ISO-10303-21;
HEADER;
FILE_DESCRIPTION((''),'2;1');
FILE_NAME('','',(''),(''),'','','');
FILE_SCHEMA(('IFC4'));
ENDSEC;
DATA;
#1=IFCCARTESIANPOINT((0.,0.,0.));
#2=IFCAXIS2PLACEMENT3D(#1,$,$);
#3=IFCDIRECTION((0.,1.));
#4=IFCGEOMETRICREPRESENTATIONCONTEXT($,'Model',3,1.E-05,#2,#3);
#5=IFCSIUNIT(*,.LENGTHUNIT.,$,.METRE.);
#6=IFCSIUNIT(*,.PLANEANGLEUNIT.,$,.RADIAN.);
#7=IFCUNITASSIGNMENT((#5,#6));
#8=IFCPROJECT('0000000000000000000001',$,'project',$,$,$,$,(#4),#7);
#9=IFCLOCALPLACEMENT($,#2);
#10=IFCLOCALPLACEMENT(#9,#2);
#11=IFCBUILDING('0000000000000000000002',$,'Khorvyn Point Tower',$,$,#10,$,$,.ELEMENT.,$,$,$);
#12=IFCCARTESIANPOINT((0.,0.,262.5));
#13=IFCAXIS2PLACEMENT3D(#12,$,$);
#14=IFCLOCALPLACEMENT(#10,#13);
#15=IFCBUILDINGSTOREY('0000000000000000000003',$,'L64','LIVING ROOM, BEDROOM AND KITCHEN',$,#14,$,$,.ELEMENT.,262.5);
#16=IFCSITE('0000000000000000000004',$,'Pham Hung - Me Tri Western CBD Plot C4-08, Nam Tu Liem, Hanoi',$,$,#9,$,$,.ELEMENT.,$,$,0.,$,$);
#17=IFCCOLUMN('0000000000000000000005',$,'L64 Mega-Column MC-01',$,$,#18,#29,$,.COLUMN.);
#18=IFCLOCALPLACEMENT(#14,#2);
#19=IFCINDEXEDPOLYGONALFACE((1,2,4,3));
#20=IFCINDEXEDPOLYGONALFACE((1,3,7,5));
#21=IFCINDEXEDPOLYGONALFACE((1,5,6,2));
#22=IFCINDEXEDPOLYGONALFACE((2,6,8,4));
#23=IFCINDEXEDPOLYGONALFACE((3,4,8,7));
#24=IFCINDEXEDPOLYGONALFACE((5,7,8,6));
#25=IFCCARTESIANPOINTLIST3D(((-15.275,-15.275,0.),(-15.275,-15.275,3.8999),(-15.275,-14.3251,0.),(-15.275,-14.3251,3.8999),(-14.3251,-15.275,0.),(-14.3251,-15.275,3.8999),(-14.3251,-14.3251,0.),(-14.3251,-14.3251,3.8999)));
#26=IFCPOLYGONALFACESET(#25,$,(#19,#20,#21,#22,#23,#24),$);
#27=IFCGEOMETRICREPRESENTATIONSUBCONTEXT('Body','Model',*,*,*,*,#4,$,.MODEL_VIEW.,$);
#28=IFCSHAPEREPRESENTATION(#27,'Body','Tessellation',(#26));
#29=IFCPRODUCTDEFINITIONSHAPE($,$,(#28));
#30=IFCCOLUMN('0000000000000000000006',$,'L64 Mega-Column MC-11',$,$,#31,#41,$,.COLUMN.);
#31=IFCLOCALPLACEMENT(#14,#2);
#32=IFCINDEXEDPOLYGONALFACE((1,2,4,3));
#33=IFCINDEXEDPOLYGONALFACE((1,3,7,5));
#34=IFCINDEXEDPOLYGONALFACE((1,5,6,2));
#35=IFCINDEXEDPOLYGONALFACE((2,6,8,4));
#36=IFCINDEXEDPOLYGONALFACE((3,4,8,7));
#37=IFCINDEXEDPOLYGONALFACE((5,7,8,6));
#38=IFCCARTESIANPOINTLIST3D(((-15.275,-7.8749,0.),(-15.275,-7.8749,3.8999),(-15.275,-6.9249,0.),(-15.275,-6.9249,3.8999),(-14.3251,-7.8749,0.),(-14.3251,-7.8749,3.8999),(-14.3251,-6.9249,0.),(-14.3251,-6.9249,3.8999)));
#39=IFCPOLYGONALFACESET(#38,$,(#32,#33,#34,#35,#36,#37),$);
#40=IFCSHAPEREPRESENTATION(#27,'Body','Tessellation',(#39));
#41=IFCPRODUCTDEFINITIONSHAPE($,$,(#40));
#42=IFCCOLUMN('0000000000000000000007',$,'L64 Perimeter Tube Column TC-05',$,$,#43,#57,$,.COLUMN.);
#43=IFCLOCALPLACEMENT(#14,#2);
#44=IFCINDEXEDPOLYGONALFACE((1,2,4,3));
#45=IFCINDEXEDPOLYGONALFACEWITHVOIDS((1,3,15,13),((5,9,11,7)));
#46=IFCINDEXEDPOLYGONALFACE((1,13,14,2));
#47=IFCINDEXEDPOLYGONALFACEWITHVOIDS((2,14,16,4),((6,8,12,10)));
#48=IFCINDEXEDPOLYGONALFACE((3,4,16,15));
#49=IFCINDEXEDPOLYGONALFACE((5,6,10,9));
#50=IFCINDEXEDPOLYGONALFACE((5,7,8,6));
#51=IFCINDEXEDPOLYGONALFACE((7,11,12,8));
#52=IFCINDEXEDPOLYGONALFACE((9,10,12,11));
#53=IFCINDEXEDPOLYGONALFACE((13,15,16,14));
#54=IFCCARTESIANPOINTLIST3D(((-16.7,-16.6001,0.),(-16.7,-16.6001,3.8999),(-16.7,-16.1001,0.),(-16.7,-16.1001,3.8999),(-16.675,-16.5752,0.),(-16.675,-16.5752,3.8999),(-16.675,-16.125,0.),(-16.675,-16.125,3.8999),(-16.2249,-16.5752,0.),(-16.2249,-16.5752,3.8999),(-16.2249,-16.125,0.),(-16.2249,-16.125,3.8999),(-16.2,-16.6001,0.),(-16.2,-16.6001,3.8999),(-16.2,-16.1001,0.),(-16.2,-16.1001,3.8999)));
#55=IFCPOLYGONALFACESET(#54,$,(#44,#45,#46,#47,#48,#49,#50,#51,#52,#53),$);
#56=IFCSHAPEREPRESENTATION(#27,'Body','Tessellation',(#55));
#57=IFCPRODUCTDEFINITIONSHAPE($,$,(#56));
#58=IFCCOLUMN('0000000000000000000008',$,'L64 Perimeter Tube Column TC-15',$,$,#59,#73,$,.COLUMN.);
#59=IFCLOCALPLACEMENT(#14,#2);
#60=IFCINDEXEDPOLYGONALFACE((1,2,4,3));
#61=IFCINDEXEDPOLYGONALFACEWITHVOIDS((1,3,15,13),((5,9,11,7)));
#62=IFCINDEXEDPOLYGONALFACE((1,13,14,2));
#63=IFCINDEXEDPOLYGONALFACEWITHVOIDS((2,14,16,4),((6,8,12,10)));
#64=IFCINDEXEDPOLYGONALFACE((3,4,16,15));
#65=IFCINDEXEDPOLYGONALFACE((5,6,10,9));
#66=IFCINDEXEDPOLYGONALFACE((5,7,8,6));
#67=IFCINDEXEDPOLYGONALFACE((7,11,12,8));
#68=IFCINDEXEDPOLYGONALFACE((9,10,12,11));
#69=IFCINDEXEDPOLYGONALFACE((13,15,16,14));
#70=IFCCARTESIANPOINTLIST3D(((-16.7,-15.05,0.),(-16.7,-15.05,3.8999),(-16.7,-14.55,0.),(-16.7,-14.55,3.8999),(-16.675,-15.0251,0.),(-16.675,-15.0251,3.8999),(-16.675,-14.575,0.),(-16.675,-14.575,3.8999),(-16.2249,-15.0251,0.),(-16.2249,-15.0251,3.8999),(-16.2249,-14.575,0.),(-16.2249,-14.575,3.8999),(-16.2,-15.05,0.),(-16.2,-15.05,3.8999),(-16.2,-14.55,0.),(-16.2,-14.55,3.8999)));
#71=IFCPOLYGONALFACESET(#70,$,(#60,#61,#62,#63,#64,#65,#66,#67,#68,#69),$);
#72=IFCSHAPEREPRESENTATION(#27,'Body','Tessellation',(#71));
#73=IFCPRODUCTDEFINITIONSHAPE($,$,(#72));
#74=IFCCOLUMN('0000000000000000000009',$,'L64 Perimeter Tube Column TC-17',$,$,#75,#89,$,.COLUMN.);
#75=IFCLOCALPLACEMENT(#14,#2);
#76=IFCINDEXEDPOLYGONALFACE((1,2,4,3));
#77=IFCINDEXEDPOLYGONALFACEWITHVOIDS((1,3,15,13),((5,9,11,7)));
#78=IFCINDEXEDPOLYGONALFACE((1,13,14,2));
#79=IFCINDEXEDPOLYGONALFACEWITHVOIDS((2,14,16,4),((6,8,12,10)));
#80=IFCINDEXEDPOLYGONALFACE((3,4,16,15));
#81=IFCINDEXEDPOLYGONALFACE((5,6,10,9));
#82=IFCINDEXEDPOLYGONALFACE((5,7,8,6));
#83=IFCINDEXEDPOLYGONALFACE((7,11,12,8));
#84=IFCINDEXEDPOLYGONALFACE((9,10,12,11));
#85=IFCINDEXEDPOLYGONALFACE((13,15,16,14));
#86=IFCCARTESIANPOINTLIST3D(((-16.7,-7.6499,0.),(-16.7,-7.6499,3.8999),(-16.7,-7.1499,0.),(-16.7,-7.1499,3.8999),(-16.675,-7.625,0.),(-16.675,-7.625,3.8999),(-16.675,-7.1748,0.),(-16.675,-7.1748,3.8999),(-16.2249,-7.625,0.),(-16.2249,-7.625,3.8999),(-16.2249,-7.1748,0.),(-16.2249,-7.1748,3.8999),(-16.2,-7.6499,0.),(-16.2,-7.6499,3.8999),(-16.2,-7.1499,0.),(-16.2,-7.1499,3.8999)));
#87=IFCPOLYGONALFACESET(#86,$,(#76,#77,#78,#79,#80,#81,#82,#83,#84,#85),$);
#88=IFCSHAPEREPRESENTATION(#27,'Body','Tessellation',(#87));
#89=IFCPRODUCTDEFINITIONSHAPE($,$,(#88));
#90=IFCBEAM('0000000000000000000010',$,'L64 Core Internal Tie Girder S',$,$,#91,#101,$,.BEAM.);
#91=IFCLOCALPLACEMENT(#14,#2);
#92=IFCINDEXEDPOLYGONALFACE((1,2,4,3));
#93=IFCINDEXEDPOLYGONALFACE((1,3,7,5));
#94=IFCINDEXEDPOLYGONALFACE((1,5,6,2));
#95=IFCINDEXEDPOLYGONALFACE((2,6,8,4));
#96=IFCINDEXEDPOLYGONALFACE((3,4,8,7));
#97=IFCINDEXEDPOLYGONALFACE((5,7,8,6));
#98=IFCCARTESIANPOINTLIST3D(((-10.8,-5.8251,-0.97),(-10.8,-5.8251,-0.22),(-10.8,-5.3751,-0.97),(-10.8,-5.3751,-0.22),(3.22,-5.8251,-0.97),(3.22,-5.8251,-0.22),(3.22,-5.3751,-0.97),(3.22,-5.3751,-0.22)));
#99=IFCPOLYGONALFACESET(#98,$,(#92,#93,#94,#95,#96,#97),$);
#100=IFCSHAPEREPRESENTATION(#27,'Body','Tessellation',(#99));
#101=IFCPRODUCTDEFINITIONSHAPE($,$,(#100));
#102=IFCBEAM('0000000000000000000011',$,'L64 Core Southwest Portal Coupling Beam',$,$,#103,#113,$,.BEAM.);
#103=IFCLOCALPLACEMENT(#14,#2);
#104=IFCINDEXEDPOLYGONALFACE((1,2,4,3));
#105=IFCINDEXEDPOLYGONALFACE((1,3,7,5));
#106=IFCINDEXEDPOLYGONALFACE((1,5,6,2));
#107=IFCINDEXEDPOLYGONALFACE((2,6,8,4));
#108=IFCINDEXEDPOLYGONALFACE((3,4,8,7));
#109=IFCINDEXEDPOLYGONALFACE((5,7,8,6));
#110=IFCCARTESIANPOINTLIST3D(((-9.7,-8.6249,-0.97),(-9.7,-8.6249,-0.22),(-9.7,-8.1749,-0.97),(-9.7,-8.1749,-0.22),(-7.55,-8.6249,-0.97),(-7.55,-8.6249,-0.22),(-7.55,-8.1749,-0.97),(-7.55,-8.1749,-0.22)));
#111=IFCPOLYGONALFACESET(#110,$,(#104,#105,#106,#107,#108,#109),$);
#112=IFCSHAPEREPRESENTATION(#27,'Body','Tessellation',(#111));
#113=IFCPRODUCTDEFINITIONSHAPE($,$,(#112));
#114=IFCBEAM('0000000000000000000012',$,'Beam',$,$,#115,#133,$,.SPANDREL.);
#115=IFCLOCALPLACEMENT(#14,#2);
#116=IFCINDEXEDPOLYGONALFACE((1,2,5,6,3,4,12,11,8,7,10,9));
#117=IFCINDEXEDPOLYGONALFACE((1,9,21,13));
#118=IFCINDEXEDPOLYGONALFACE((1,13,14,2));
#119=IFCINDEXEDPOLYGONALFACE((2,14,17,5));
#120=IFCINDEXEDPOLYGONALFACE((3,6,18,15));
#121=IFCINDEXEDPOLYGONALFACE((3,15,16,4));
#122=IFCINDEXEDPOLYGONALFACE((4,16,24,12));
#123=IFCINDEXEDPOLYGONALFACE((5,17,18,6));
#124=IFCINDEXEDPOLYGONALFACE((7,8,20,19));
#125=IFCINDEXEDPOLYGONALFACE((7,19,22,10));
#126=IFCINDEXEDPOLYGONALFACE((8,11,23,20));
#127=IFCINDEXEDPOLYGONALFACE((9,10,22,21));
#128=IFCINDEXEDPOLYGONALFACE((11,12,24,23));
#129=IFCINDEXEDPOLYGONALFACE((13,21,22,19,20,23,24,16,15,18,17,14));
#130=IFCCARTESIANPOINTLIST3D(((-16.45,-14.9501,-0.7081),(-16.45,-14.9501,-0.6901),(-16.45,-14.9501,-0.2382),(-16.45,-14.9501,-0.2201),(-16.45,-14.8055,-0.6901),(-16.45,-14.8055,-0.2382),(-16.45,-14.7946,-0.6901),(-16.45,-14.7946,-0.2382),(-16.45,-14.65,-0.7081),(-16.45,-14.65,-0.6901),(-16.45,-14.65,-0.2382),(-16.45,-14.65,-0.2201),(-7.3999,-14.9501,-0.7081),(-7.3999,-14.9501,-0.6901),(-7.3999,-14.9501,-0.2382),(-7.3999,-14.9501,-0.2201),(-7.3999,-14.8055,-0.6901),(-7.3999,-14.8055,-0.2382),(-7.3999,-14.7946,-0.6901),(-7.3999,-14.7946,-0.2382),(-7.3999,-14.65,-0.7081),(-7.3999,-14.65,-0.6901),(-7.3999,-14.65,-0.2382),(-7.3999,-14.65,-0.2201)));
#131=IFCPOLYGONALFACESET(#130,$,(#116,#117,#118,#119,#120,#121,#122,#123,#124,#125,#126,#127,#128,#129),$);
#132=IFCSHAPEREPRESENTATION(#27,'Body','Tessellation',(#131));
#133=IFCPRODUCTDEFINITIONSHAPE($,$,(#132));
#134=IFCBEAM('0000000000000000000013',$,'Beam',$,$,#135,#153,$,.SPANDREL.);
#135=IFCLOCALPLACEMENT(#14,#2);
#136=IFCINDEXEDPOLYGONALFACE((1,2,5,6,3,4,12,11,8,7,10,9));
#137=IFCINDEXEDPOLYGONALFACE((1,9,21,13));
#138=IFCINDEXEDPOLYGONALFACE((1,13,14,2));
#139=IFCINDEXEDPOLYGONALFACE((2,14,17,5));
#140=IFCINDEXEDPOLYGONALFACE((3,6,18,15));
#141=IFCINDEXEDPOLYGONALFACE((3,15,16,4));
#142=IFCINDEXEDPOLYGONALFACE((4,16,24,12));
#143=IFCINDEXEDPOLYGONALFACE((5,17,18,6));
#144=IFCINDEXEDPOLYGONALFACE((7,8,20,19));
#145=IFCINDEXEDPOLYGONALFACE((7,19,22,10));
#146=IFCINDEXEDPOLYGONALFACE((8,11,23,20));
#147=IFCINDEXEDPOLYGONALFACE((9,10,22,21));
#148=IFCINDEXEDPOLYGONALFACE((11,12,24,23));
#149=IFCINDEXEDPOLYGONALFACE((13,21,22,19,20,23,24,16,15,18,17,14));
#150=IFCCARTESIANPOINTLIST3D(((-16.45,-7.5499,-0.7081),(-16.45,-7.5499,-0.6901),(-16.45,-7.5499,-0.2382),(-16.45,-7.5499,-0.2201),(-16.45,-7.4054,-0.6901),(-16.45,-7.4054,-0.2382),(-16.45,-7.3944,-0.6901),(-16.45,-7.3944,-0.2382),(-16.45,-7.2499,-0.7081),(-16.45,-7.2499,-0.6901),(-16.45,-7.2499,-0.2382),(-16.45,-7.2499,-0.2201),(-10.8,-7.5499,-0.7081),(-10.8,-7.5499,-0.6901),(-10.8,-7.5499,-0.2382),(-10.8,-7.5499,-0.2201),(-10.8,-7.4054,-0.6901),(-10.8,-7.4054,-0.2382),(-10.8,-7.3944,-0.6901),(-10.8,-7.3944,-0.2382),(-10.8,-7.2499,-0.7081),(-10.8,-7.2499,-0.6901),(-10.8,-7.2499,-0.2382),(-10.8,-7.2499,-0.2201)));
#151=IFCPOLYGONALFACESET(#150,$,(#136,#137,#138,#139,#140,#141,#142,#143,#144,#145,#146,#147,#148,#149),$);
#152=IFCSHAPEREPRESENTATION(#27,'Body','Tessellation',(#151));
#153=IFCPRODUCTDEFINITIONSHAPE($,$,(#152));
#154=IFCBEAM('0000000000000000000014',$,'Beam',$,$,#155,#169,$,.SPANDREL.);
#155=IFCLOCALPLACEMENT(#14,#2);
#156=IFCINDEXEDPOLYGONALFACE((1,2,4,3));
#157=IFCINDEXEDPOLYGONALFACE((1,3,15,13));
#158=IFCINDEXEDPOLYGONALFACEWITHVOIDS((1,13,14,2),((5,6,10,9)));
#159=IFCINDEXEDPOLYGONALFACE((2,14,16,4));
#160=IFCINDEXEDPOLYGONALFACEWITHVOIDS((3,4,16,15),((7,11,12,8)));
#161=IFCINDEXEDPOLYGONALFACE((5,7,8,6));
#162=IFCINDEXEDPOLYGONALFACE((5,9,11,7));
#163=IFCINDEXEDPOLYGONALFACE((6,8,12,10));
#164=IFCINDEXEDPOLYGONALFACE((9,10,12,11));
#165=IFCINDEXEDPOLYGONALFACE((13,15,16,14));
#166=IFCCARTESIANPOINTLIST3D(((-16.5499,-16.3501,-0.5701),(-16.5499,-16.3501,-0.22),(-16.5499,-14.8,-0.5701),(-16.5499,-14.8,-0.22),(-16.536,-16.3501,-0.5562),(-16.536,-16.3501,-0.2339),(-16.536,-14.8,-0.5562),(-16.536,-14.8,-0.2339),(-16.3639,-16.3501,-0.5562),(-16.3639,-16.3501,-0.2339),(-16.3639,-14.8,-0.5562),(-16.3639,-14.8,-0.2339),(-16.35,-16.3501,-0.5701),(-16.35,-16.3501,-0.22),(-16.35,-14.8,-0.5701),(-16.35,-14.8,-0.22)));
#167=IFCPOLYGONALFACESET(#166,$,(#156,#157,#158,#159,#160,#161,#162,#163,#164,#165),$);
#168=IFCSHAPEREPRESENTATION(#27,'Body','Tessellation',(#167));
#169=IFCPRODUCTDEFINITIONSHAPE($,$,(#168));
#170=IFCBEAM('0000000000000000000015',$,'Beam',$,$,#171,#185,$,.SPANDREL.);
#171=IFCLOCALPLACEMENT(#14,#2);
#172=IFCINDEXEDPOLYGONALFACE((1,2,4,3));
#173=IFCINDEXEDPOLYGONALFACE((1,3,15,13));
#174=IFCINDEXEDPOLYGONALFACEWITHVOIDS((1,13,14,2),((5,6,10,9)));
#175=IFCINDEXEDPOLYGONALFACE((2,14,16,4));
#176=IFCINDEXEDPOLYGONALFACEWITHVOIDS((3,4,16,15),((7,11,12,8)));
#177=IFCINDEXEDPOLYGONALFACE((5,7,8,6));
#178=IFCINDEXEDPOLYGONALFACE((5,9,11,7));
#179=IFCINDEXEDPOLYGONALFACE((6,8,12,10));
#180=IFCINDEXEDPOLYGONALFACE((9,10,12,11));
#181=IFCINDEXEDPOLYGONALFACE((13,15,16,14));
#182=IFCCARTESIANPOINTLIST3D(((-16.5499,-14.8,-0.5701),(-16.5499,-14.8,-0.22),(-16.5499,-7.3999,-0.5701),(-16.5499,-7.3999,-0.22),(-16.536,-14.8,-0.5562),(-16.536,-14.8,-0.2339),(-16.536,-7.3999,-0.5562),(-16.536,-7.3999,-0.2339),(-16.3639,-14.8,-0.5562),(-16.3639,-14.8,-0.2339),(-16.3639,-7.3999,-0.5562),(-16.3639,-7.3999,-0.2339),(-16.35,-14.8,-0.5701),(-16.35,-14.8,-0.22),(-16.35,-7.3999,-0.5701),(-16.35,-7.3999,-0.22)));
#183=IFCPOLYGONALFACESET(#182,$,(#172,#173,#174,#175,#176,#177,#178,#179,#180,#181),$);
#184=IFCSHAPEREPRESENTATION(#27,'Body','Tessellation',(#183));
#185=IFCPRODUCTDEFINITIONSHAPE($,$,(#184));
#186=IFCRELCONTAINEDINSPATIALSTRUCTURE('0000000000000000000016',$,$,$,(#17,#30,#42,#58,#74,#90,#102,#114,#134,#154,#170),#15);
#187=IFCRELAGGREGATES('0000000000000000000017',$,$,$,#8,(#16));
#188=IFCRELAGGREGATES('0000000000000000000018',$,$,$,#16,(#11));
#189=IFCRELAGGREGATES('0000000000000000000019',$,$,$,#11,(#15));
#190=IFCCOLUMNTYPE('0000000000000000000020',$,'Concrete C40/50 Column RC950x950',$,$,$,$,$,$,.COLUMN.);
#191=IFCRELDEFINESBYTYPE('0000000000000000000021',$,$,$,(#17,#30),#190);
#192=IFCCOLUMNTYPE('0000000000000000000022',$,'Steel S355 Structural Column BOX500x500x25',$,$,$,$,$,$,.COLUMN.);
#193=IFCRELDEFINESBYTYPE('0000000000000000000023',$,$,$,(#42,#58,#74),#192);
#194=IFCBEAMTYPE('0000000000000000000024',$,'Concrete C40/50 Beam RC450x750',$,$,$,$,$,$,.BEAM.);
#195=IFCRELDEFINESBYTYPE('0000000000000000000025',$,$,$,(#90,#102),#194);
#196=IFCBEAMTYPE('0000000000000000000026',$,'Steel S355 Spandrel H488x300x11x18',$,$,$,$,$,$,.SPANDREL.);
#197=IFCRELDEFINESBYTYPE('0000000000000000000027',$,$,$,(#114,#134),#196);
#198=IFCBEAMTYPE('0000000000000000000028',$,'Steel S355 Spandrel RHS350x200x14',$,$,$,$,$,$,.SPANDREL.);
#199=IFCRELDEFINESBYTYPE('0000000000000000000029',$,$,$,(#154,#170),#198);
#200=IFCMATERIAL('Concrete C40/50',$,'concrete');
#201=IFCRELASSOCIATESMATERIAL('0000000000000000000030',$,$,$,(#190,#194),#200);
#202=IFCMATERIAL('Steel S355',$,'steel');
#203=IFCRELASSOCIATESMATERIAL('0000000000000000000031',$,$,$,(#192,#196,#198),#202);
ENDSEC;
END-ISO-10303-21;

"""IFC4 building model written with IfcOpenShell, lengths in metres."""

from ifc_helpers import new_model, si_unit, direction, frame, origin, origin_2d, place, context, subcontext, project, spatial, rectangle, hollow_rectangle, i_section, extrude, material, material_profile, profile_set, type_object, element, save


model = new_model("IFC4")

# Units and contexts
model_context = context("Model", 3, precision=1e-05, world=origin(), true_north=direction((0.0, 1.0)))
body_context = subcontext(model_context, "Body", "Model", "MODEL_VIEW")
ifc_project = project(units=[si_unit("LENGTHUNIT", "METRE"), si_unit("PLANEANGLEUNIT", "RADIAN")], contexts=[model_context])

# Site, building, storey
site_placement = place(None, origin())
site = spatial("IfcSite", under=ifc_project, at=site_placement, Name="Pham Hung - Me Tri Western CBD Plot C4-08, Nam Tu Liem, Hanoi", CompositionType="ELEMENT", RefElevation=0.0)
building_placement = place(site_placement, origin())
building = spatial("IfcBuilding", under=site, at=building_placement, Name="Khorvyn Point Tower", CompositionType="ELEMENT")
storey_placement = place(building_placement, frame((0.0, 0.0, 262.5)))
storey = spatial("IfcBuildingStorey", under=building, at=storey_placement, Name="L64", Description="LIVING ROOM, BEDROOM AND KITCHEN", CompositionType="ELEMENT", Elevation=262.5)

# Columns
ifc_material_1 = material(Name="Concrete C40/50", Category="concrete")
ifc_material_profile_1 = material_profile(ifc_material_1, rectangle(XDim=0.95, YDim=0.95, at=origin_2d()))
ifc_profile_set_1 = profile_set([ifc_material_profile_1], Name="Concrete C40/50 RC950x950")
column_type_1 = type_object("IfcColumnType", Name="Concrete C40/50 Column RC950x950", PredefinedType="COLUMN", material=ifc_profile_set_1)
for number, where, z_axis, x_axis, name in (
    (1, (-14.8, -14.8, 0.0), (0.0, 0.0, 1.0), (1.0, 0.0, 0.0), "L64 Mega-Column MC-01"),
    (2, (-14.8, -7.3999, 0.0), (0.0, 0.0, 1.0), (1.0, 0.0, 0.0), "L64 Mega-Column MC-11"),
):
    element("IfcColumn", number, at=place(storey_placement, frame(where, z_axis=z_axis, x_axis=x_axis)), inside=storey, type_object=column_type_1, Name=name, PredefinedType="COLUMN", context=body_context, shape_type="SweptSolid", body=[
        extrude(rectangle(XDim=0.95, YDim=0.95, at=origin_2d()), origin(), (0.0, 0.0, 1.0), 3.8999),
    ])
ifc_material_2 = material(Name="Steel S355", Category="steel")
ifc_material_profile_2 = material_profile(ifc_material_2, hollow_rectangle(XDim=0.5, YDim=0.5, WallThickness=0.0249, at=origin_2d()))
ifc_profile_set_2 = profile_set([ifc_material_profile_2], Name="Steel S355 BOX500x500x25")
column_type_2 = type_object("IfcColumnType", Name="Steel S355 Structural Column BOX500x500x25", PredefinedType="COLUMN", material=ifc_profile_set_2)
for number, where, z_axis, x_axis, name in (
    (3, (-16.45, -16.3501, 0.0), (0.0, 0.0, 1.0), (1.0, 0.0, 0.0), "L64 Perimeter Tube Column TC-05"),
    (4, (-16.45, -14.8, 0.0), (0.0, 0.0, 1.0), (1.0, 0.0, 0.0), "L64 Perimeter Tube Column TC-15"),
    (5, (-16.45, -7.3999, 0.0), (0.0, 0.0, 1.0), (1.0, 0.0, 0.0), "L64 Perimeter Tube Column TC-17"),
):
    element("IfcColumn", number, at=place(storey_placement, frame(where, z_axis=z_axis, x_axis=x_axis)), inside=storey, type_object=column_type_2, Name=name, PredefinedType="COLUMN", context=body_context, shape_type="SweptSolid", body=[
        extrude(hollow_rectangle(XDim=0.5, YDim=0.5, WallThickness=0.0249, at=origin_2d()), origin(), (0.0, 0.0, 1.0), 3.8999),
    ])

# Beams
ifc_material_profile_3 = material_profile(ifc_material_1, rectangle(XDim=0.45, YDim=0.75, at=origin_2d()))
ifc_profile_set_3 = profile_set([ifc_material_profile_3], Name="Concrete C40/50 RC450x750")
beam_type_1 = type_object("IfcBeamType", Name="Concrete C40/50 Beam RC450x750", PredefinedType="BEAM", material=ifc_profile_set_3)
beam_1_placement = place(storey_placement, frame((-10.8, -5.6001, -0.595), z_axis=(1.0, 0.0, 0.0), x_axis=(0.0, 1.0, 0.0)))
element("IfcBeam", 6, at=beam_1_placement, inside=storey, type_object=beam_type_1, Name="L64 Core Internal Tie Girder S", PredefinedType="BEAM", context=body_context, shape_type="SweptSolid", body=[
    extrude(rectangle(XDim=0.45, YDim=0.75, at=origin_2d()), origin(), (0.0, 0.0, 1.0), 14.02),
])
beam_2_placement = place(storey_placement, frame((-9.7, -8.3999, -0.595), z_axis=(1.0, 0.0, 0.0), x_axis=(0.0, 1.0, 0.0)))
element("IfcBeam", 7, at=beam_2_placement, inside=storey, type_object=beam_type_1, Name="L64 Core Southwest Portal Coupling Beam", PredefinedType="BEAM", context=body_context, shape_type="SweptSolid", body=[
    extrude(rectangle(XDim=0.45, YDim=0.75, at=origin_2d()), origin(), (0.0, 0.0, 1.0), 2.1499),
])
ifc_material_profile_4 = material_profile(ifc_material_2, i_section(OverallWidth=0.3, OverallDepth=0.488, WebThickness=0.011, FlangeThickness=0.0181, at=origin_2d()))
ifc_profile_set_4 = profile_set([ifc_material_profile_4], Name="Steel S355 H488x300x11x18")
beam_type_2 = type_object("IfcBeamType", Name="Steel S355 Spandrel H488x300x11x18", PredefinedType="SPANDREL", material=ifc_profile_set_4)
beam_3_placement = place(storey_placement, frame((-16.45, -14.8, -0.4641), z_axis=(1.0, 0.0, 0.0), x_axis=(0.0, 1.0, 0.0)))
element("IfcBeam", 8, at=beam_3_placement, inside=storey, type_object=beam_type_2, Name="Beam", PredefinedType="SPANDREL", context=body_context, shape_type="SweptSolid", body=[
    extrude(i_section(OverallWidth=0.3, OverallDepth=0.488, WebThickness=0.011, FlangeThickness=0.0181, at=origin_2d()), origin(), (0.0, 0.0, 1.0), 9.05),
])
beam_4_placement = place(storey_placement, frame((-16.45, -7.3999, -0.4641), z_axis=(1.0, 0.0, 0.0), x_axis=(0.0, 1.0, 0.0)))
element("IfcBeam", 9, at=beam_4_placement, inside=storey, type_object=beam_type_2, Name="Beam", PredefinedType="SPANDREL", context=body_context, shape_type="SweptSolid", body=[
    extrude(i_section(OverallWidth=0.3, OverallDepth=0.488, WebThickness=0.011, FlangeThickness=0.0181, at=origin_2d()), origin(), (0.0, 0.0, 1.0), 5.6499),
])
ifc_material_profile_5 = material_profile(ifc_material_2, hollow_rectangle(XDim=0.2, YDim=0.3501, WallThickness=0.0139, at=origin_2d()))
ifc_profile_set_5 = profile_set([ifc_material_profile_5], Name="Steel S355 RHS350x200x14")
beam_type_3 = type_object("IfcBeamType", Name="Steel S355 Spandrel RHS350x200x14", PredefinedType="SPANDREL", material=ifc_profile_set_5)
beam_5_placement = place(storey_placement, frame((-16.45, -16.3501, -0.395), z_axis=(0.0, 1.0, 0.0), x_axis=(-1.0, 0.0, 0.0)))
element("IfcBeam", 10, at=beam_5_placement, inside=storey, type_object=beam_type_3, Name="Beam", PredefinedType="SPANDREL", context=body_context, shape_type="SweptSolid", body=[
    extrude(hollow_rectangle(XDim=0.2, YDim=0.3501, WallThickness=0.0139, at=origin_2d()), origin(), (0.0, 0.0, 1.0), 1.55),
])
beam_6_placement = place(storey_placement, frame((-16.45, -14.8, -0.395), z_axis=(0.0, 1.0, 0.0), x_axis=(-1.0, 0.0, 0.0)))
element("IfcBeam", 11, at=beam_6_placement, inside=storey, type_object=beam_type_3, Name="Beam", PredefinedType="SPANDREL", context=body_context, shape_type="SweptSolid", body=[
    extrude(hollow_rectangle(XDim=0.2, YDim=0.3501, WallThickness=0.0139, at=origin_2d()), origin(), (0.0, 0.0, 1.0), 7.4001),
])

save(model, "model.ifc")
